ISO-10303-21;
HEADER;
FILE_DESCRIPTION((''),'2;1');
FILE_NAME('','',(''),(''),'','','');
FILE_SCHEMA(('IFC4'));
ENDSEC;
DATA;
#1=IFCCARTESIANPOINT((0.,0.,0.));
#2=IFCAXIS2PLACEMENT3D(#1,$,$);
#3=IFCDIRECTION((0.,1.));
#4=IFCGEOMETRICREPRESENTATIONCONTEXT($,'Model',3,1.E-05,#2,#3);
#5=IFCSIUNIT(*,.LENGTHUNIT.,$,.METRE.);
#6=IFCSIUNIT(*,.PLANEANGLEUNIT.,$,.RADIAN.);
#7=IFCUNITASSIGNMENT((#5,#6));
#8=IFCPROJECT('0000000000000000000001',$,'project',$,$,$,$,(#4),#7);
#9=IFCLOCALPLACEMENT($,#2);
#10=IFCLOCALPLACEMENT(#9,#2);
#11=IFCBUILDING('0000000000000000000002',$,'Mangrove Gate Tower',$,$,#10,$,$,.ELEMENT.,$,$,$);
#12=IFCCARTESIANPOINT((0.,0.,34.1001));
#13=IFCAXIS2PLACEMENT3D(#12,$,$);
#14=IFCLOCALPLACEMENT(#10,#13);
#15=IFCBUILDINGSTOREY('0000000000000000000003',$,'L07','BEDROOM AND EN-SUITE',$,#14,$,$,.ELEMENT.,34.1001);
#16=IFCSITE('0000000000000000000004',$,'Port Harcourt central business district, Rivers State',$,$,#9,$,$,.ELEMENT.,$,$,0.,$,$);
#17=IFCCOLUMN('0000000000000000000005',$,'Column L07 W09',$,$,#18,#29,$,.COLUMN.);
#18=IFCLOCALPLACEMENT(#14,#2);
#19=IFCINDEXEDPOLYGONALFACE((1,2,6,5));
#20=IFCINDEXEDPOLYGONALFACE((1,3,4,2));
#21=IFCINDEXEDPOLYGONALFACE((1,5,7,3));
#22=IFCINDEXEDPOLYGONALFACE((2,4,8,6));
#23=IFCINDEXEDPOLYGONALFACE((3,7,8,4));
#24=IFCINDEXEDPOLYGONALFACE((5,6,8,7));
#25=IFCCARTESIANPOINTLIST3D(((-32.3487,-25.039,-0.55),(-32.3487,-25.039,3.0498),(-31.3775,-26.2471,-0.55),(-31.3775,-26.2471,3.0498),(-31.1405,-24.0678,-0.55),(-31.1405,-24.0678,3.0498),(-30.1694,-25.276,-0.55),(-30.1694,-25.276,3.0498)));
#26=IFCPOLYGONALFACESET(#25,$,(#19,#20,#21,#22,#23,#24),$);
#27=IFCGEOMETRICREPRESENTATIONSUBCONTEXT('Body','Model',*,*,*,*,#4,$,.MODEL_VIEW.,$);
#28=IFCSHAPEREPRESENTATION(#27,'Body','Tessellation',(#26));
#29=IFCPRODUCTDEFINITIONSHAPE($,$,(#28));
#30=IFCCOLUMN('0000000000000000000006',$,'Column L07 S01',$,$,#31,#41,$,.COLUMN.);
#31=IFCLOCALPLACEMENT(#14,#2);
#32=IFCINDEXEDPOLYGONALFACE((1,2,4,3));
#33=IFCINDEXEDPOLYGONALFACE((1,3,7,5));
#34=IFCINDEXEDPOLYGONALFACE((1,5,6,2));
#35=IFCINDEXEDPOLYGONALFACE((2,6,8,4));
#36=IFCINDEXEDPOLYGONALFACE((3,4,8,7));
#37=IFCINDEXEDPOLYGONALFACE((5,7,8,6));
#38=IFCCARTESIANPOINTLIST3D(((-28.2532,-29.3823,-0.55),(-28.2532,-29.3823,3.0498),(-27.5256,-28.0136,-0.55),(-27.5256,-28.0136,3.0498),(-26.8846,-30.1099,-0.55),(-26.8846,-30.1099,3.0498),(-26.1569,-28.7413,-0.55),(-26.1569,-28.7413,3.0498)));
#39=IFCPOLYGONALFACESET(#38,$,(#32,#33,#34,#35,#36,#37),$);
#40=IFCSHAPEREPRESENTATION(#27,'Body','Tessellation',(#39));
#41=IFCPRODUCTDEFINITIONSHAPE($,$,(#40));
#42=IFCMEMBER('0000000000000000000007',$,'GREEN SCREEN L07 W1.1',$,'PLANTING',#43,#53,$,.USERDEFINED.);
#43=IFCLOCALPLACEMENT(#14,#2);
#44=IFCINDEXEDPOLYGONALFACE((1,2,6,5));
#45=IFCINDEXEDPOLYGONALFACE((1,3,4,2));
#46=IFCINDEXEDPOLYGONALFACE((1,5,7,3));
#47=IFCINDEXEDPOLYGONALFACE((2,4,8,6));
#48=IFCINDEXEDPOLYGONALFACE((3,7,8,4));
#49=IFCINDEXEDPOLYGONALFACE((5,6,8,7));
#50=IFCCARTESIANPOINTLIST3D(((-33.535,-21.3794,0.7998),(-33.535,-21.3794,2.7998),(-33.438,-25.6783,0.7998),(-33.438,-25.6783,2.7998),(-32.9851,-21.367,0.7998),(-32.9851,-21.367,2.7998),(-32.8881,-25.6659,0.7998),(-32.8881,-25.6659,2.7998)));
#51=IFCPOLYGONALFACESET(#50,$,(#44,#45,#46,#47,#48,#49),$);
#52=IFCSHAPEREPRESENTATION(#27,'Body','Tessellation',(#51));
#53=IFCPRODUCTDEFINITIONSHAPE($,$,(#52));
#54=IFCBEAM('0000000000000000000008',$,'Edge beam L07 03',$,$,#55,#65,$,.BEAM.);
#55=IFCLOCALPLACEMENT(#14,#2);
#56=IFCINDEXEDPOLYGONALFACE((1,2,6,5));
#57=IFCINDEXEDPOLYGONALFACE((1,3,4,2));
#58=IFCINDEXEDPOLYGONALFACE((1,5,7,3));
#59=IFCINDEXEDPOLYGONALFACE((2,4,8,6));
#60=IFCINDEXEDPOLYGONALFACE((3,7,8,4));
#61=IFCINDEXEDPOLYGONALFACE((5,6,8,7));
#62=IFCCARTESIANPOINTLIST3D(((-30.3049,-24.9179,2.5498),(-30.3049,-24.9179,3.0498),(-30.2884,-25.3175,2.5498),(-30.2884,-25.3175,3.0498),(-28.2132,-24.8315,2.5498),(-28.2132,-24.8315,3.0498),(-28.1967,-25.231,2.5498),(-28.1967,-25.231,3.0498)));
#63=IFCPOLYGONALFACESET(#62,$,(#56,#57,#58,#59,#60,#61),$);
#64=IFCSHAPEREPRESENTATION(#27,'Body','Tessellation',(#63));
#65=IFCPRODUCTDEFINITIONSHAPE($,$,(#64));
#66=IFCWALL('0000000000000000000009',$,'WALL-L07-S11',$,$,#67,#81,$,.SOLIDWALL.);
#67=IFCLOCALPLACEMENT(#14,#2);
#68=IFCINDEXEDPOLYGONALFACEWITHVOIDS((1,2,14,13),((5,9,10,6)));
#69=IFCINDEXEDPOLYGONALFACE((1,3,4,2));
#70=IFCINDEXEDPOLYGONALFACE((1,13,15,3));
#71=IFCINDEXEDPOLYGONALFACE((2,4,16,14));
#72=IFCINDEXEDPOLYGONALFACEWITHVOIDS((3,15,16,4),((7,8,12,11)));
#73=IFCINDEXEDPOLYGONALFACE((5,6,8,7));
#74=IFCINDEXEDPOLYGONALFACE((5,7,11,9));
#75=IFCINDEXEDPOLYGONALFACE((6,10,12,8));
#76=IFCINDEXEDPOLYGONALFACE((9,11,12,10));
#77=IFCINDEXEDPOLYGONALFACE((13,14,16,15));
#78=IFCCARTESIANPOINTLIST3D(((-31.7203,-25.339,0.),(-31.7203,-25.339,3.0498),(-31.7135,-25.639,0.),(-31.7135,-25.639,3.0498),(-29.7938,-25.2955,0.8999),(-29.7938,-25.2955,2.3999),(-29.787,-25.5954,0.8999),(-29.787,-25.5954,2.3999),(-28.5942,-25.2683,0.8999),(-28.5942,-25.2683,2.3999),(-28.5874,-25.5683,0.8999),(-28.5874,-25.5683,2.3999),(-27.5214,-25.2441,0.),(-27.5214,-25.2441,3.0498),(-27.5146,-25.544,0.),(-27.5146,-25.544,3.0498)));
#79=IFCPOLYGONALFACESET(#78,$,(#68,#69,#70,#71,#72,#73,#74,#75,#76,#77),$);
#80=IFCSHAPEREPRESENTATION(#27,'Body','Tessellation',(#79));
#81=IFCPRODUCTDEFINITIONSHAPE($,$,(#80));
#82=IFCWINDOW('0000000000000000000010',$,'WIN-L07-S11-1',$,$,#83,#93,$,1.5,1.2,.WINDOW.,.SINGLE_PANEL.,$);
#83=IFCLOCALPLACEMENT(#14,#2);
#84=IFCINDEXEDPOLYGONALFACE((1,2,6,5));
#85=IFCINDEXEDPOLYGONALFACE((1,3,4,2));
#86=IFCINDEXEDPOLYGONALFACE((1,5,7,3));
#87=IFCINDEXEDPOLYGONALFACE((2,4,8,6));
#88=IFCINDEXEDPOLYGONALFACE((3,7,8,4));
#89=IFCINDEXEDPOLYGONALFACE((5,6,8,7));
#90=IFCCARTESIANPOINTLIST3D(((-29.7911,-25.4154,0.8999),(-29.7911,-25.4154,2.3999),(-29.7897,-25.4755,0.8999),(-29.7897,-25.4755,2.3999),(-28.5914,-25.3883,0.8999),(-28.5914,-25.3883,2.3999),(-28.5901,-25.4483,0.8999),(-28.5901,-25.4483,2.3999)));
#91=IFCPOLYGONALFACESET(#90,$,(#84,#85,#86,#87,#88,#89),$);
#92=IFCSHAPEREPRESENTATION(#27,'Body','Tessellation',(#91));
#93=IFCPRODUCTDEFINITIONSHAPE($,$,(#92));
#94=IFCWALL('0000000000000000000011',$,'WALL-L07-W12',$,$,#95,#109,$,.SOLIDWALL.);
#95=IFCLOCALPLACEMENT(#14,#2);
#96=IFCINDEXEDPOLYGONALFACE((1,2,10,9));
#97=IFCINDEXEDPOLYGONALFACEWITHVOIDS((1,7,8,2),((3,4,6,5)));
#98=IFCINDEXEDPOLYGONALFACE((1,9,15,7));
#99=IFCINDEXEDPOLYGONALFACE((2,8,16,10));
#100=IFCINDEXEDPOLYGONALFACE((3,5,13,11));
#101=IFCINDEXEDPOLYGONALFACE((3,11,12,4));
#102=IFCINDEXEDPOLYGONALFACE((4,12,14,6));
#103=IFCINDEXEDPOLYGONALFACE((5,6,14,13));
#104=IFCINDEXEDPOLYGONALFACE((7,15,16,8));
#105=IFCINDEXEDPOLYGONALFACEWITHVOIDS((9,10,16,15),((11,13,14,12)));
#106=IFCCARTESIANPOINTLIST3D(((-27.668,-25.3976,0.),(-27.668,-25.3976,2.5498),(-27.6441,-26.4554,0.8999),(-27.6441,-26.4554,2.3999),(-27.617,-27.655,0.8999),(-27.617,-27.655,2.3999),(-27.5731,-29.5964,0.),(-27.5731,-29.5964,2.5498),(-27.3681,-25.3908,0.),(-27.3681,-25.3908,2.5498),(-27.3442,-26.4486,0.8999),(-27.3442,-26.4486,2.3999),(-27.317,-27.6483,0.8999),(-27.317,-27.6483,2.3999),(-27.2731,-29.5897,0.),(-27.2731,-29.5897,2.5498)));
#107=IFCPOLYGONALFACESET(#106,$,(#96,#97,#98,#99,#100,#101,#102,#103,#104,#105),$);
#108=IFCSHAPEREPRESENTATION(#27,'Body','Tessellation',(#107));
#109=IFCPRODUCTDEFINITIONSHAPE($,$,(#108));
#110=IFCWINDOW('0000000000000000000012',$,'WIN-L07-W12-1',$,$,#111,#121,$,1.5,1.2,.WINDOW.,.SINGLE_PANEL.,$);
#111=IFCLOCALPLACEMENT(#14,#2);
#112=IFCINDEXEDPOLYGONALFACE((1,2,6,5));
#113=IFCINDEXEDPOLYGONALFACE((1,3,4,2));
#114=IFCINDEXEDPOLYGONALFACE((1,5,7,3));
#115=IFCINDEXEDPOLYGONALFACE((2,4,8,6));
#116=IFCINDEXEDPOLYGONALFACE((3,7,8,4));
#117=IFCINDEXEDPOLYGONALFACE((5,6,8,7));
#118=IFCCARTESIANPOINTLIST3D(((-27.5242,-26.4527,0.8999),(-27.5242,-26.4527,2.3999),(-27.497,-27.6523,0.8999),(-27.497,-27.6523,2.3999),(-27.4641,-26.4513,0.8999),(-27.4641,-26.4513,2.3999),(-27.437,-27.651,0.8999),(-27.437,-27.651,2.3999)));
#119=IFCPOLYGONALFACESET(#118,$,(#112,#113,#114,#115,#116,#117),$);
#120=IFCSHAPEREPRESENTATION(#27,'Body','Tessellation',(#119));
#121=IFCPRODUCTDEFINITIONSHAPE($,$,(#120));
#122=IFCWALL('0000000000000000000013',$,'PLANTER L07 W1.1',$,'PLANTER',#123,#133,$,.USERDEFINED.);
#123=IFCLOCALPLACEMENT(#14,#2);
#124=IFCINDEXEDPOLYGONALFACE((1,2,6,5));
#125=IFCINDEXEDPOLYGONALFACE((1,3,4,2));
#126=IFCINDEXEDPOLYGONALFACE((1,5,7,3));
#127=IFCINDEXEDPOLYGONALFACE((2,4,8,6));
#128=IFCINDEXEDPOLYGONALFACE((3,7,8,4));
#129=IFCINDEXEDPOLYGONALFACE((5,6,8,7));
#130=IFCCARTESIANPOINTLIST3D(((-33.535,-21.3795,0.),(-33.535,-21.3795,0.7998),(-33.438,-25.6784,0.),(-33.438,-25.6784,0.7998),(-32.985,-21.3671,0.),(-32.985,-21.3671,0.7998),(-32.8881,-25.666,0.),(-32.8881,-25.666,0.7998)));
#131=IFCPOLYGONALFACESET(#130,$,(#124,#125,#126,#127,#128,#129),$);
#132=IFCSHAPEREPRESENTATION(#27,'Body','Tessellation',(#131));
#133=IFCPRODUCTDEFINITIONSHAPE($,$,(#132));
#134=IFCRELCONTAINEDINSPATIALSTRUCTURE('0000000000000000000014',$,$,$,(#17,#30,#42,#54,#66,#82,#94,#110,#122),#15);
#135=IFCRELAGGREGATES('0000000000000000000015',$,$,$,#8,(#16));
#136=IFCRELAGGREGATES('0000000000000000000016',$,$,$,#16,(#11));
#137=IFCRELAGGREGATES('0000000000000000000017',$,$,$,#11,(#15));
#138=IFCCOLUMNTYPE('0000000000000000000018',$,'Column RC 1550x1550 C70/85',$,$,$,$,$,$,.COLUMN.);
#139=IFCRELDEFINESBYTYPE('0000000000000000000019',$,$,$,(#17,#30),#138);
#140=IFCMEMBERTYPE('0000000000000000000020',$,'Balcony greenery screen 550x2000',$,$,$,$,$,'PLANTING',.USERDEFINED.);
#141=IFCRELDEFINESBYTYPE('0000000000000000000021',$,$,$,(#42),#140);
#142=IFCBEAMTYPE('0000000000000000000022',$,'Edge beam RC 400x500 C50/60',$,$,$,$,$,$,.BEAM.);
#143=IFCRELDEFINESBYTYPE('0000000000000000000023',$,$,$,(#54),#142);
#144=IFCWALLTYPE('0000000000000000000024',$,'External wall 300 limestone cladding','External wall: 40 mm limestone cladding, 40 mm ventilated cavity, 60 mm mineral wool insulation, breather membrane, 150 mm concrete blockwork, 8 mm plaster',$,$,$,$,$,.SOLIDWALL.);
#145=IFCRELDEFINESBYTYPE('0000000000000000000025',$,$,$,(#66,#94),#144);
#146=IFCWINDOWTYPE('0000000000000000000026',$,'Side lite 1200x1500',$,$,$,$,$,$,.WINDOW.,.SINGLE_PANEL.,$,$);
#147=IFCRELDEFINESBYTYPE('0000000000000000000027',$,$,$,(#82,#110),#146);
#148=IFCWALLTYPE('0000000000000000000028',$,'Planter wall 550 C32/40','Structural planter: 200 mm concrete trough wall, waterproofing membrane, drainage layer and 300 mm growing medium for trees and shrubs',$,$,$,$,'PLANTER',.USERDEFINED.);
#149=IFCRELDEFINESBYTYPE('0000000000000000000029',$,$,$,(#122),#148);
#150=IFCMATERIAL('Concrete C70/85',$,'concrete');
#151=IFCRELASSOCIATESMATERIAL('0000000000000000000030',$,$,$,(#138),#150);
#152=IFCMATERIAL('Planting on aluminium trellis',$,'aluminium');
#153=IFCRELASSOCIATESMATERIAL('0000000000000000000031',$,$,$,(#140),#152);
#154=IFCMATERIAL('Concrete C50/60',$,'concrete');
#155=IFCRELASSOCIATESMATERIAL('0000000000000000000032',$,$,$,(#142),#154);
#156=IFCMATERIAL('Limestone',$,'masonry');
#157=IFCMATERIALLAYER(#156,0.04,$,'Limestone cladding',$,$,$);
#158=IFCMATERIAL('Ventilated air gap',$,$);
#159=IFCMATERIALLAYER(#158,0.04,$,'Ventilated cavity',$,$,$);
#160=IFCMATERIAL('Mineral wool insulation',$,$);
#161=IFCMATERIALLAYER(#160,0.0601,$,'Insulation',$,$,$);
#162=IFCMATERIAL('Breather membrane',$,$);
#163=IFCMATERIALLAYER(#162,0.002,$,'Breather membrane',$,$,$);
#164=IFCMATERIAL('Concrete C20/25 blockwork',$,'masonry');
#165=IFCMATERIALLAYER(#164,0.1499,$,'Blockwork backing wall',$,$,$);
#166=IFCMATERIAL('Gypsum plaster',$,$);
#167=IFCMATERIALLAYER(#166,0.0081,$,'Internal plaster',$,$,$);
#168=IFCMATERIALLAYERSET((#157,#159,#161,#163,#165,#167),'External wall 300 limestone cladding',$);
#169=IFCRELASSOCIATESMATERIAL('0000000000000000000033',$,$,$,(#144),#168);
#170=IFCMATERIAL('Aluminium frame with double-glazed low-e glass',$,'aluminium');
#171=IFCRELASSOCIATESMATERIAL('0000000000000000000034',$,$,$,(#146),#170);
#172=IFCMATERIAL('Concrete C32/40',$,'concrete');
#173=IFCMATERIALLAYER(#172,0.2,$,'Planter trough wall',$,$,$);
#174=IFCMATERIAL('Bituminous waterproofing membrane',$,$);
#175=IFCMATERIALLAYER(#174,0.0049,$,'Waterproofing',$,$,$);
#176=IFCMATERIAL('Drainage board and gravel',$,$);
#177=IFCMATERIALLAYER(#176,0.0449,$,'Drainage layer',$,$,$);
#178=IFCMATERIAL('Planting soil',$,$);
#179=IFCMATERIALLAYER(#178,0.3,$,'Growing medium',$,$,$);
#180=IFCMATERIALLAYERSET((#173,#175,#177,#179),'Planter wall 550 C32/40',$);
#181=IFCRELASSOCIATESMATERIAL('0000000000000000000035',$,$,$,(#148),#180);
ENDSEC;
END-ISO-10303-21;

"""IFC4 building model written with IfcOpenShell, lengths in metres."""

from ifc_helpers import new_model, si_unit, direction, frame, frame_2d, origin, origin_2d, place, context, subcontext, project, spatial, rectangle, extrude, material, layer, layer_set, material_profile, profile_set, type_object, element, fill, save


model = new_model("IFC4")

# Units and contexts
model_context = context("Model", 3, precision=1e-05, world=origin(), true_north=direction((0.0, 1.0)))
body_context = subcontext(model_context, "Body", "Model", "MODEL_VIEW")
ifc_project = project(units=[si_unit("LENGTHUNIT", "METRE"), si_unit("PLANEANGLEUNIT", "RADIAN")], contexts=[model_context])

# Site, building, storey
site_placement = place(None, origin())
site = spatial("IfcSite", under=ifc_project, at=site_placement, Name="Port Harcourt central business district, Rivers State", CompositionType="ELEMENT", RefElevation=0.0)
building_placement = place(site_placement, origin())
building = spatial("IfcBuilding", under=site, at=building_placement, Name="Mangrove Gate Tower", CompositionType="ELEMENT")
storey_placement = place(building_placement, frame((0.0, 0.0, 34.1001)))
storey = spatial("IfcBuildingStorey", under=building, at=storey_placement, Name="L07", Description="BEDROOM AND EN-SUITE", CompositionType="ELEMENT", Elevation=34.1001)

# Columns
ifc_material_1 = material(Name="Concrete C70/85", Category="concrete")
ifc_material_profile_1 = material_profile(ifc_material_1, rectangle(XDim=1.55, YDim=1.55, at=origin_2d()))
ifc_profile_set_1 = profile_set([ifc_material_profile_1], Name="Concrete C70/85")
column_type = type_object("IfcColumnType", Name="Column RC 1550x1550 C70/85", PredefinedType="COLUMN", material=ifc_profile_set_1)
for number, where, z_axis, x_axis, name in (
    (1, (-31.259, -25.1575, -0.55), (0.0, 0.0, 1.0), (0.626514, -0.77941, 0.0), "Column L07 W09"),
    (2, (-27.2051, -29.0618, -0.55), (0.0, 0.0, 1.0), (0.882965, -0.469439, 0.0), "Column L07 S01"),
):
    element("IfcColumn", number, at=place(storey_placement, frame(where, z_axis=z_axis, x_axis=x_axis)), inside=storey, type_object=column_type, Name=name, PredefinedType="COLUMN", context=body_context, shape_type="SweptSolid", body=[
        extrude(rectangle(XDim=1.55, YDim=1.55, at=origin_2d()), origin(), (0.0, 0.0, 1.0), 3.5999),
    ])

# Member
ifc_material_2 = material(Name="Planting on aluminium trellis", Category="aluminium")
ifc_material_profile_2 = material_profile(ifc_material_2, rectangle(XDim=0.55, YDim=2.0, at=origin_2d()))
ifc_profile_set_2 = profile_set([ifc_material_profile_2], Name="Planting on aluminium trellis")
member_type = type_object("IfcMemberType", Name="Balcony greenery screen 550x2000", ElementType="PLANTING", PredefinedType="USERDEFINED", material=ifc_profile_set_2)
member_placement = place(storey_placement, frame((-33.1631, -25.6721, 1.7998), z_axis=(-0.02254, 0.999746, 0.0), x_axis=(-0.999746, -0.02254, 0.0)))
element("IfcMember", 3, at=member_placement, inside=storey, type_object=member_type, Name="GREEN SCREEN L07 W1.1", ObjectType="PLANTING", PredefinedType="USERDEFINED", context=body_context, shape_type="SweptSolid", body=[
    extrude(rectangle(XDim=0.55, YDim=2.0, at=origin_2d()), origin(), (0.0, 0.0, 1.0), 4.3),
])

# Beam
ifc_material_3 = material(Name="Concrete C50/60", Category="concrete")
ifc_material_profile_3 = material_profile(ifc_material_3, rectangle(XDim=0.3999, YDim=0.5, at=origin_2d()))
ifc_profile_set_3 = profile_set([ifc_material_profile_3], Name="Concrete C50/60")
beam_type = type_object("IfcBeamType", Name="Edge beam RC 400x500 C50/60", PredefinedType="BEAM", material=ifc_profile_set_3)
beam_placement = place(storey_placement, frame((-30.2966, -25.1177, 2.7998), z_axis=(0.999148, 0.041281, 0.0), x_axis=(-0.041281, 0.999148, 0.0)))
element("IfcBeam", 4, at=beam_placement, inside=storey, type_object=beam_type, Name="Edge beam L07 03", PredefinedType="BEAM", context=body_context, shape_type="SweptSolid", body=[
    extrude(rectangle(XDim=0.3999, YDim=0.5, at=origin_2d()), origin(), (0.0, 0.0, 1.0), 2.0935),
])

# Walls, openings, windows
ifc_material_4 = material(Name="Limestone", Category="masonry")
ifc_layer_1 = layer(ifc_material_4, 0.04, Name="Limestone cladding")
ifc_material_5 = material(Name="Ventilated air gap")
ifc_layer_2 = layer(ifc_material_5, 0.04, Name="Ventilated cavity")
ifc_material_6 = material(Name="Mineral wool insulation")
ifc_layer_3 = layer(ifc_material_6, 0.0601, Name="Insulation")
ifc_material_7 = material(Name="Breather membrane")
ifc_layer_4 = layer(ifc_material_7, 0.002, Name="Breather membrane")
ifc_material_8 = material(Name="Concrete C20/25 blockwork", Category="masonry")
ifc_layer_5 = layer(ifc_material_8, 0.1499, Name="Blockwork backing wall")
ifc_material_9 = material(Name="Gypsum plaster")
ifc_layer_6 = layer(ifc_material_9, 0.0081, Name="Internal plaster")
ifc_layer_set_1 = layer_set([ifc_layer_1, ifc_layer_2, ifc_layer_3, ifc_layer_4, ifc_layer_5, ifc_layer_6], Name="External wall 300 limestone cladding")
wall_type_1 = type_object("IfcWallType", Name="External wall 300 limestone cladding", Description="External wall: 40 mm limestone cladding, 40 mm ventilated cavity, 60 mm mineral wool insulation, breather membrane, 150 mm concrete blockwork, 8 mm plaster", PredefinedType="SOLIDWALL", material=ifc_layer_set_1)
wall_1_placement = place(storey_placement, frame((-31.717, -25.489, 0.0), z_axis=(0.0, 0.0, 1.0), x_axis=(0.999744, 0.022612, 0.0)))
wall_1 = element("IfcWall", 5, at=wall_1_placement, inside=storey, type_object=wall_type_1, Name="WALL-L07-S11", PredefinedType="SOLIDWALL", context=body_context, shape_type="SweptSolid", body=[
    extrude(rectangle(XDim=4.2, YDim=0.3, at=frame_2d((2.1001, 0.0))), origin(), (0.0, 0.0, 1.0), 3.0498),
])
opening_1_placement = place(wall_1_placement, frame((1.927, 0.0, 0.8999)))
opening_1 = element("IfcOpeningElement", 6, at=opening_1_placement, cuts=wall_1, PredefinedType="OPENING", context=body_context, shape_type="SweptSolid", body=[
    extrude(rectangle(XDim=1.2, YDim=1.5, at=frame_2d((0.6001, 0.75))), frame((0.0, 0.1599, 0.0), z_axis=(0.0, -1.0, 0.0), x_axis=(1.0, 0.0, 0.0)), (0.0, 0.0, 1.0), 0.3201),
])
ifc_material_10 = material(Name="Aluminium frame with double-glazed low-e glass", Category="aluminium")
window_type_1 = type_object("IfcWindowType", Name="Side lite 1200x1500", PartitioningType="SINGLE_PANEL", PredefinedType="WINDOW", material=ifc_material_10)
window_1_placement = place(opening_1_placement, origin())
window_1 = element("IfcWindow", 7, at=window_1_placement, inside=storey, type_object=window_type_1, Name="WIN-L07-S11-1", OverallHeight=1.5, OverallWidth=1.2, PartitioningType="SINGLE_PANEL", PredefinedType="WINDOW", context=body_context, shape_type="SweptSolid", body=[
    extrude(rectangle(XDim=1.2, YDim=1.5, at=frame_2d((0.6001, 0.75))), frame((0.0, 0.03, 0.0), z_axis=(0.0, -1.0, 0.0), x_axis=(1.0, 0.0, 0.0)), (0.0, 0.0, 1.0), 0.0601),
])
fill(opening_1, window_1)
wall_2_placement = place(storey_placement, frame((-27.5181, -25.394, 0.0), z_axis=(0.0, 0.0, 1.0), x_axis=(0.022612, -0.999744, 0.0)))
wall_2 = element("IfcWall", 8, at=wall_2_placement, inside=storey, type_object=wall_type_1, Name="WALL-L07-W12", PredefinedType="SOLIDWALL", context=body_context, shape_type="SweptSolid", body=[
    extrude(rectangle(XDim=4.2, YDim=0.3, at=frame_2d((2.1001, 0.0))), origin(), (0.0, 0.0, 1.0), 2.5498),
])
opening_2_placement = place(wall_2_placement, frame((1.0581, 0.0, 0.8999)))
opening_2 = element("IfcOpeningElement", 9, at=opening_2_placement, cuts=wall_2, PredefinedType="OPENING", context=body_context, shape_type="SweptSolid", body=[
    extrude(rectangle(XDim=1.2, YDim=1.5, at=frame_2d((0.6001, 0.75))), frame((0.0, 0.1599, 0.0), z_axis=(0.0, -1.0, 0.0), x_axis=(1.0, 0.0, 0.0)), (0.0, 0.0, 1.0), 0.3201),
])
window_2_placement = place(opening_2_placement, origin())
window_2 = element("IfcWindow", 10, at=window_2_placement, inside=storey, type_object=window_type_1, Name="WIN-L07-W12-1", OverallHeight=1.5, OverallWidth=1.2, PartitioningType="SINGLE_PANEL", PredefinedType="WINDOW", context=body_context, shape_type="SweptSolid", body=[
    extrude(rectangle(XDim=1.2, YDim=1.5, at=frame_2d((0.6001, 0.75))), frame((0.0, 0.03, 0.0), z_axis=(0.0, -1.0, 0.0), x_axis=(1.0, 0.0, 0.0)), (0.0, 0.0, 1.0), 0.0601),
])
fill(opening_2, window_2)

# Wall
ifc_material_11 = material(Name="Concrete C32/40", Category="concrete")
ifc_layer_7 = layer(ifc_material_11, 0.2, Name="Planter trough wall")
ifc_material_12 = material(Name="Bituminous waterproofing membrane")
ifc_layer_8 = layer(ifc_material_12, 0.0049, Name="Waterproofing")
ifc_material_13 = material(Name="Drainage board and gravel")
ifc_layer_9 = layer(ifc_material_13, 0.0449, Name="Drainage layer")
ifc_material_14 = material(Name="Planting soil")
ifc_layer_10 = layer(ifc_material_14, 0.3, Name="Growing medium")
ifc_layer_set_2 = layer_set([ifc_layer_7, ifc_layer_8, ifc_layer_9, ifc_layer_10], Name="Planter wall 550 C32/40")
wall_type_2 = type_object("IfcWallType", Name="Planter wall 550 C32/40", Description="Structural planter: 200 mm concrete trough wall, waterproofing membrane, drainage layer and 300 mm growing medium for trees and shrubs", ElementType="PLANTER", PredefinedType="USERDEFINED", material=ifc_layer_set_2)
wall_3_placement = place(storey_placement, frame((-33.1631, -25.6721, 0.0), z_axis=(0.0, 0.0, 1.0), x_axis=(-0.02254, 0.999746, 0.0)))
element("IfcWall", 11, at=wall_3_placement, inside=storey, type_object=wall_type_2, Name="PLANTER L07 W1.1", ObjectType="PLANTER", PredefinedType="USERDEFINED", context=body_context, shape_type="SweptSolid", body=[
    extrude(rectangle(XDim=4.3, YDim=0.55, at=frame_2d((2.1499, 0.0))), origin(), (0.0, 0.0, 1.0), 0.7998),
])

save(model, "model.ifc")
